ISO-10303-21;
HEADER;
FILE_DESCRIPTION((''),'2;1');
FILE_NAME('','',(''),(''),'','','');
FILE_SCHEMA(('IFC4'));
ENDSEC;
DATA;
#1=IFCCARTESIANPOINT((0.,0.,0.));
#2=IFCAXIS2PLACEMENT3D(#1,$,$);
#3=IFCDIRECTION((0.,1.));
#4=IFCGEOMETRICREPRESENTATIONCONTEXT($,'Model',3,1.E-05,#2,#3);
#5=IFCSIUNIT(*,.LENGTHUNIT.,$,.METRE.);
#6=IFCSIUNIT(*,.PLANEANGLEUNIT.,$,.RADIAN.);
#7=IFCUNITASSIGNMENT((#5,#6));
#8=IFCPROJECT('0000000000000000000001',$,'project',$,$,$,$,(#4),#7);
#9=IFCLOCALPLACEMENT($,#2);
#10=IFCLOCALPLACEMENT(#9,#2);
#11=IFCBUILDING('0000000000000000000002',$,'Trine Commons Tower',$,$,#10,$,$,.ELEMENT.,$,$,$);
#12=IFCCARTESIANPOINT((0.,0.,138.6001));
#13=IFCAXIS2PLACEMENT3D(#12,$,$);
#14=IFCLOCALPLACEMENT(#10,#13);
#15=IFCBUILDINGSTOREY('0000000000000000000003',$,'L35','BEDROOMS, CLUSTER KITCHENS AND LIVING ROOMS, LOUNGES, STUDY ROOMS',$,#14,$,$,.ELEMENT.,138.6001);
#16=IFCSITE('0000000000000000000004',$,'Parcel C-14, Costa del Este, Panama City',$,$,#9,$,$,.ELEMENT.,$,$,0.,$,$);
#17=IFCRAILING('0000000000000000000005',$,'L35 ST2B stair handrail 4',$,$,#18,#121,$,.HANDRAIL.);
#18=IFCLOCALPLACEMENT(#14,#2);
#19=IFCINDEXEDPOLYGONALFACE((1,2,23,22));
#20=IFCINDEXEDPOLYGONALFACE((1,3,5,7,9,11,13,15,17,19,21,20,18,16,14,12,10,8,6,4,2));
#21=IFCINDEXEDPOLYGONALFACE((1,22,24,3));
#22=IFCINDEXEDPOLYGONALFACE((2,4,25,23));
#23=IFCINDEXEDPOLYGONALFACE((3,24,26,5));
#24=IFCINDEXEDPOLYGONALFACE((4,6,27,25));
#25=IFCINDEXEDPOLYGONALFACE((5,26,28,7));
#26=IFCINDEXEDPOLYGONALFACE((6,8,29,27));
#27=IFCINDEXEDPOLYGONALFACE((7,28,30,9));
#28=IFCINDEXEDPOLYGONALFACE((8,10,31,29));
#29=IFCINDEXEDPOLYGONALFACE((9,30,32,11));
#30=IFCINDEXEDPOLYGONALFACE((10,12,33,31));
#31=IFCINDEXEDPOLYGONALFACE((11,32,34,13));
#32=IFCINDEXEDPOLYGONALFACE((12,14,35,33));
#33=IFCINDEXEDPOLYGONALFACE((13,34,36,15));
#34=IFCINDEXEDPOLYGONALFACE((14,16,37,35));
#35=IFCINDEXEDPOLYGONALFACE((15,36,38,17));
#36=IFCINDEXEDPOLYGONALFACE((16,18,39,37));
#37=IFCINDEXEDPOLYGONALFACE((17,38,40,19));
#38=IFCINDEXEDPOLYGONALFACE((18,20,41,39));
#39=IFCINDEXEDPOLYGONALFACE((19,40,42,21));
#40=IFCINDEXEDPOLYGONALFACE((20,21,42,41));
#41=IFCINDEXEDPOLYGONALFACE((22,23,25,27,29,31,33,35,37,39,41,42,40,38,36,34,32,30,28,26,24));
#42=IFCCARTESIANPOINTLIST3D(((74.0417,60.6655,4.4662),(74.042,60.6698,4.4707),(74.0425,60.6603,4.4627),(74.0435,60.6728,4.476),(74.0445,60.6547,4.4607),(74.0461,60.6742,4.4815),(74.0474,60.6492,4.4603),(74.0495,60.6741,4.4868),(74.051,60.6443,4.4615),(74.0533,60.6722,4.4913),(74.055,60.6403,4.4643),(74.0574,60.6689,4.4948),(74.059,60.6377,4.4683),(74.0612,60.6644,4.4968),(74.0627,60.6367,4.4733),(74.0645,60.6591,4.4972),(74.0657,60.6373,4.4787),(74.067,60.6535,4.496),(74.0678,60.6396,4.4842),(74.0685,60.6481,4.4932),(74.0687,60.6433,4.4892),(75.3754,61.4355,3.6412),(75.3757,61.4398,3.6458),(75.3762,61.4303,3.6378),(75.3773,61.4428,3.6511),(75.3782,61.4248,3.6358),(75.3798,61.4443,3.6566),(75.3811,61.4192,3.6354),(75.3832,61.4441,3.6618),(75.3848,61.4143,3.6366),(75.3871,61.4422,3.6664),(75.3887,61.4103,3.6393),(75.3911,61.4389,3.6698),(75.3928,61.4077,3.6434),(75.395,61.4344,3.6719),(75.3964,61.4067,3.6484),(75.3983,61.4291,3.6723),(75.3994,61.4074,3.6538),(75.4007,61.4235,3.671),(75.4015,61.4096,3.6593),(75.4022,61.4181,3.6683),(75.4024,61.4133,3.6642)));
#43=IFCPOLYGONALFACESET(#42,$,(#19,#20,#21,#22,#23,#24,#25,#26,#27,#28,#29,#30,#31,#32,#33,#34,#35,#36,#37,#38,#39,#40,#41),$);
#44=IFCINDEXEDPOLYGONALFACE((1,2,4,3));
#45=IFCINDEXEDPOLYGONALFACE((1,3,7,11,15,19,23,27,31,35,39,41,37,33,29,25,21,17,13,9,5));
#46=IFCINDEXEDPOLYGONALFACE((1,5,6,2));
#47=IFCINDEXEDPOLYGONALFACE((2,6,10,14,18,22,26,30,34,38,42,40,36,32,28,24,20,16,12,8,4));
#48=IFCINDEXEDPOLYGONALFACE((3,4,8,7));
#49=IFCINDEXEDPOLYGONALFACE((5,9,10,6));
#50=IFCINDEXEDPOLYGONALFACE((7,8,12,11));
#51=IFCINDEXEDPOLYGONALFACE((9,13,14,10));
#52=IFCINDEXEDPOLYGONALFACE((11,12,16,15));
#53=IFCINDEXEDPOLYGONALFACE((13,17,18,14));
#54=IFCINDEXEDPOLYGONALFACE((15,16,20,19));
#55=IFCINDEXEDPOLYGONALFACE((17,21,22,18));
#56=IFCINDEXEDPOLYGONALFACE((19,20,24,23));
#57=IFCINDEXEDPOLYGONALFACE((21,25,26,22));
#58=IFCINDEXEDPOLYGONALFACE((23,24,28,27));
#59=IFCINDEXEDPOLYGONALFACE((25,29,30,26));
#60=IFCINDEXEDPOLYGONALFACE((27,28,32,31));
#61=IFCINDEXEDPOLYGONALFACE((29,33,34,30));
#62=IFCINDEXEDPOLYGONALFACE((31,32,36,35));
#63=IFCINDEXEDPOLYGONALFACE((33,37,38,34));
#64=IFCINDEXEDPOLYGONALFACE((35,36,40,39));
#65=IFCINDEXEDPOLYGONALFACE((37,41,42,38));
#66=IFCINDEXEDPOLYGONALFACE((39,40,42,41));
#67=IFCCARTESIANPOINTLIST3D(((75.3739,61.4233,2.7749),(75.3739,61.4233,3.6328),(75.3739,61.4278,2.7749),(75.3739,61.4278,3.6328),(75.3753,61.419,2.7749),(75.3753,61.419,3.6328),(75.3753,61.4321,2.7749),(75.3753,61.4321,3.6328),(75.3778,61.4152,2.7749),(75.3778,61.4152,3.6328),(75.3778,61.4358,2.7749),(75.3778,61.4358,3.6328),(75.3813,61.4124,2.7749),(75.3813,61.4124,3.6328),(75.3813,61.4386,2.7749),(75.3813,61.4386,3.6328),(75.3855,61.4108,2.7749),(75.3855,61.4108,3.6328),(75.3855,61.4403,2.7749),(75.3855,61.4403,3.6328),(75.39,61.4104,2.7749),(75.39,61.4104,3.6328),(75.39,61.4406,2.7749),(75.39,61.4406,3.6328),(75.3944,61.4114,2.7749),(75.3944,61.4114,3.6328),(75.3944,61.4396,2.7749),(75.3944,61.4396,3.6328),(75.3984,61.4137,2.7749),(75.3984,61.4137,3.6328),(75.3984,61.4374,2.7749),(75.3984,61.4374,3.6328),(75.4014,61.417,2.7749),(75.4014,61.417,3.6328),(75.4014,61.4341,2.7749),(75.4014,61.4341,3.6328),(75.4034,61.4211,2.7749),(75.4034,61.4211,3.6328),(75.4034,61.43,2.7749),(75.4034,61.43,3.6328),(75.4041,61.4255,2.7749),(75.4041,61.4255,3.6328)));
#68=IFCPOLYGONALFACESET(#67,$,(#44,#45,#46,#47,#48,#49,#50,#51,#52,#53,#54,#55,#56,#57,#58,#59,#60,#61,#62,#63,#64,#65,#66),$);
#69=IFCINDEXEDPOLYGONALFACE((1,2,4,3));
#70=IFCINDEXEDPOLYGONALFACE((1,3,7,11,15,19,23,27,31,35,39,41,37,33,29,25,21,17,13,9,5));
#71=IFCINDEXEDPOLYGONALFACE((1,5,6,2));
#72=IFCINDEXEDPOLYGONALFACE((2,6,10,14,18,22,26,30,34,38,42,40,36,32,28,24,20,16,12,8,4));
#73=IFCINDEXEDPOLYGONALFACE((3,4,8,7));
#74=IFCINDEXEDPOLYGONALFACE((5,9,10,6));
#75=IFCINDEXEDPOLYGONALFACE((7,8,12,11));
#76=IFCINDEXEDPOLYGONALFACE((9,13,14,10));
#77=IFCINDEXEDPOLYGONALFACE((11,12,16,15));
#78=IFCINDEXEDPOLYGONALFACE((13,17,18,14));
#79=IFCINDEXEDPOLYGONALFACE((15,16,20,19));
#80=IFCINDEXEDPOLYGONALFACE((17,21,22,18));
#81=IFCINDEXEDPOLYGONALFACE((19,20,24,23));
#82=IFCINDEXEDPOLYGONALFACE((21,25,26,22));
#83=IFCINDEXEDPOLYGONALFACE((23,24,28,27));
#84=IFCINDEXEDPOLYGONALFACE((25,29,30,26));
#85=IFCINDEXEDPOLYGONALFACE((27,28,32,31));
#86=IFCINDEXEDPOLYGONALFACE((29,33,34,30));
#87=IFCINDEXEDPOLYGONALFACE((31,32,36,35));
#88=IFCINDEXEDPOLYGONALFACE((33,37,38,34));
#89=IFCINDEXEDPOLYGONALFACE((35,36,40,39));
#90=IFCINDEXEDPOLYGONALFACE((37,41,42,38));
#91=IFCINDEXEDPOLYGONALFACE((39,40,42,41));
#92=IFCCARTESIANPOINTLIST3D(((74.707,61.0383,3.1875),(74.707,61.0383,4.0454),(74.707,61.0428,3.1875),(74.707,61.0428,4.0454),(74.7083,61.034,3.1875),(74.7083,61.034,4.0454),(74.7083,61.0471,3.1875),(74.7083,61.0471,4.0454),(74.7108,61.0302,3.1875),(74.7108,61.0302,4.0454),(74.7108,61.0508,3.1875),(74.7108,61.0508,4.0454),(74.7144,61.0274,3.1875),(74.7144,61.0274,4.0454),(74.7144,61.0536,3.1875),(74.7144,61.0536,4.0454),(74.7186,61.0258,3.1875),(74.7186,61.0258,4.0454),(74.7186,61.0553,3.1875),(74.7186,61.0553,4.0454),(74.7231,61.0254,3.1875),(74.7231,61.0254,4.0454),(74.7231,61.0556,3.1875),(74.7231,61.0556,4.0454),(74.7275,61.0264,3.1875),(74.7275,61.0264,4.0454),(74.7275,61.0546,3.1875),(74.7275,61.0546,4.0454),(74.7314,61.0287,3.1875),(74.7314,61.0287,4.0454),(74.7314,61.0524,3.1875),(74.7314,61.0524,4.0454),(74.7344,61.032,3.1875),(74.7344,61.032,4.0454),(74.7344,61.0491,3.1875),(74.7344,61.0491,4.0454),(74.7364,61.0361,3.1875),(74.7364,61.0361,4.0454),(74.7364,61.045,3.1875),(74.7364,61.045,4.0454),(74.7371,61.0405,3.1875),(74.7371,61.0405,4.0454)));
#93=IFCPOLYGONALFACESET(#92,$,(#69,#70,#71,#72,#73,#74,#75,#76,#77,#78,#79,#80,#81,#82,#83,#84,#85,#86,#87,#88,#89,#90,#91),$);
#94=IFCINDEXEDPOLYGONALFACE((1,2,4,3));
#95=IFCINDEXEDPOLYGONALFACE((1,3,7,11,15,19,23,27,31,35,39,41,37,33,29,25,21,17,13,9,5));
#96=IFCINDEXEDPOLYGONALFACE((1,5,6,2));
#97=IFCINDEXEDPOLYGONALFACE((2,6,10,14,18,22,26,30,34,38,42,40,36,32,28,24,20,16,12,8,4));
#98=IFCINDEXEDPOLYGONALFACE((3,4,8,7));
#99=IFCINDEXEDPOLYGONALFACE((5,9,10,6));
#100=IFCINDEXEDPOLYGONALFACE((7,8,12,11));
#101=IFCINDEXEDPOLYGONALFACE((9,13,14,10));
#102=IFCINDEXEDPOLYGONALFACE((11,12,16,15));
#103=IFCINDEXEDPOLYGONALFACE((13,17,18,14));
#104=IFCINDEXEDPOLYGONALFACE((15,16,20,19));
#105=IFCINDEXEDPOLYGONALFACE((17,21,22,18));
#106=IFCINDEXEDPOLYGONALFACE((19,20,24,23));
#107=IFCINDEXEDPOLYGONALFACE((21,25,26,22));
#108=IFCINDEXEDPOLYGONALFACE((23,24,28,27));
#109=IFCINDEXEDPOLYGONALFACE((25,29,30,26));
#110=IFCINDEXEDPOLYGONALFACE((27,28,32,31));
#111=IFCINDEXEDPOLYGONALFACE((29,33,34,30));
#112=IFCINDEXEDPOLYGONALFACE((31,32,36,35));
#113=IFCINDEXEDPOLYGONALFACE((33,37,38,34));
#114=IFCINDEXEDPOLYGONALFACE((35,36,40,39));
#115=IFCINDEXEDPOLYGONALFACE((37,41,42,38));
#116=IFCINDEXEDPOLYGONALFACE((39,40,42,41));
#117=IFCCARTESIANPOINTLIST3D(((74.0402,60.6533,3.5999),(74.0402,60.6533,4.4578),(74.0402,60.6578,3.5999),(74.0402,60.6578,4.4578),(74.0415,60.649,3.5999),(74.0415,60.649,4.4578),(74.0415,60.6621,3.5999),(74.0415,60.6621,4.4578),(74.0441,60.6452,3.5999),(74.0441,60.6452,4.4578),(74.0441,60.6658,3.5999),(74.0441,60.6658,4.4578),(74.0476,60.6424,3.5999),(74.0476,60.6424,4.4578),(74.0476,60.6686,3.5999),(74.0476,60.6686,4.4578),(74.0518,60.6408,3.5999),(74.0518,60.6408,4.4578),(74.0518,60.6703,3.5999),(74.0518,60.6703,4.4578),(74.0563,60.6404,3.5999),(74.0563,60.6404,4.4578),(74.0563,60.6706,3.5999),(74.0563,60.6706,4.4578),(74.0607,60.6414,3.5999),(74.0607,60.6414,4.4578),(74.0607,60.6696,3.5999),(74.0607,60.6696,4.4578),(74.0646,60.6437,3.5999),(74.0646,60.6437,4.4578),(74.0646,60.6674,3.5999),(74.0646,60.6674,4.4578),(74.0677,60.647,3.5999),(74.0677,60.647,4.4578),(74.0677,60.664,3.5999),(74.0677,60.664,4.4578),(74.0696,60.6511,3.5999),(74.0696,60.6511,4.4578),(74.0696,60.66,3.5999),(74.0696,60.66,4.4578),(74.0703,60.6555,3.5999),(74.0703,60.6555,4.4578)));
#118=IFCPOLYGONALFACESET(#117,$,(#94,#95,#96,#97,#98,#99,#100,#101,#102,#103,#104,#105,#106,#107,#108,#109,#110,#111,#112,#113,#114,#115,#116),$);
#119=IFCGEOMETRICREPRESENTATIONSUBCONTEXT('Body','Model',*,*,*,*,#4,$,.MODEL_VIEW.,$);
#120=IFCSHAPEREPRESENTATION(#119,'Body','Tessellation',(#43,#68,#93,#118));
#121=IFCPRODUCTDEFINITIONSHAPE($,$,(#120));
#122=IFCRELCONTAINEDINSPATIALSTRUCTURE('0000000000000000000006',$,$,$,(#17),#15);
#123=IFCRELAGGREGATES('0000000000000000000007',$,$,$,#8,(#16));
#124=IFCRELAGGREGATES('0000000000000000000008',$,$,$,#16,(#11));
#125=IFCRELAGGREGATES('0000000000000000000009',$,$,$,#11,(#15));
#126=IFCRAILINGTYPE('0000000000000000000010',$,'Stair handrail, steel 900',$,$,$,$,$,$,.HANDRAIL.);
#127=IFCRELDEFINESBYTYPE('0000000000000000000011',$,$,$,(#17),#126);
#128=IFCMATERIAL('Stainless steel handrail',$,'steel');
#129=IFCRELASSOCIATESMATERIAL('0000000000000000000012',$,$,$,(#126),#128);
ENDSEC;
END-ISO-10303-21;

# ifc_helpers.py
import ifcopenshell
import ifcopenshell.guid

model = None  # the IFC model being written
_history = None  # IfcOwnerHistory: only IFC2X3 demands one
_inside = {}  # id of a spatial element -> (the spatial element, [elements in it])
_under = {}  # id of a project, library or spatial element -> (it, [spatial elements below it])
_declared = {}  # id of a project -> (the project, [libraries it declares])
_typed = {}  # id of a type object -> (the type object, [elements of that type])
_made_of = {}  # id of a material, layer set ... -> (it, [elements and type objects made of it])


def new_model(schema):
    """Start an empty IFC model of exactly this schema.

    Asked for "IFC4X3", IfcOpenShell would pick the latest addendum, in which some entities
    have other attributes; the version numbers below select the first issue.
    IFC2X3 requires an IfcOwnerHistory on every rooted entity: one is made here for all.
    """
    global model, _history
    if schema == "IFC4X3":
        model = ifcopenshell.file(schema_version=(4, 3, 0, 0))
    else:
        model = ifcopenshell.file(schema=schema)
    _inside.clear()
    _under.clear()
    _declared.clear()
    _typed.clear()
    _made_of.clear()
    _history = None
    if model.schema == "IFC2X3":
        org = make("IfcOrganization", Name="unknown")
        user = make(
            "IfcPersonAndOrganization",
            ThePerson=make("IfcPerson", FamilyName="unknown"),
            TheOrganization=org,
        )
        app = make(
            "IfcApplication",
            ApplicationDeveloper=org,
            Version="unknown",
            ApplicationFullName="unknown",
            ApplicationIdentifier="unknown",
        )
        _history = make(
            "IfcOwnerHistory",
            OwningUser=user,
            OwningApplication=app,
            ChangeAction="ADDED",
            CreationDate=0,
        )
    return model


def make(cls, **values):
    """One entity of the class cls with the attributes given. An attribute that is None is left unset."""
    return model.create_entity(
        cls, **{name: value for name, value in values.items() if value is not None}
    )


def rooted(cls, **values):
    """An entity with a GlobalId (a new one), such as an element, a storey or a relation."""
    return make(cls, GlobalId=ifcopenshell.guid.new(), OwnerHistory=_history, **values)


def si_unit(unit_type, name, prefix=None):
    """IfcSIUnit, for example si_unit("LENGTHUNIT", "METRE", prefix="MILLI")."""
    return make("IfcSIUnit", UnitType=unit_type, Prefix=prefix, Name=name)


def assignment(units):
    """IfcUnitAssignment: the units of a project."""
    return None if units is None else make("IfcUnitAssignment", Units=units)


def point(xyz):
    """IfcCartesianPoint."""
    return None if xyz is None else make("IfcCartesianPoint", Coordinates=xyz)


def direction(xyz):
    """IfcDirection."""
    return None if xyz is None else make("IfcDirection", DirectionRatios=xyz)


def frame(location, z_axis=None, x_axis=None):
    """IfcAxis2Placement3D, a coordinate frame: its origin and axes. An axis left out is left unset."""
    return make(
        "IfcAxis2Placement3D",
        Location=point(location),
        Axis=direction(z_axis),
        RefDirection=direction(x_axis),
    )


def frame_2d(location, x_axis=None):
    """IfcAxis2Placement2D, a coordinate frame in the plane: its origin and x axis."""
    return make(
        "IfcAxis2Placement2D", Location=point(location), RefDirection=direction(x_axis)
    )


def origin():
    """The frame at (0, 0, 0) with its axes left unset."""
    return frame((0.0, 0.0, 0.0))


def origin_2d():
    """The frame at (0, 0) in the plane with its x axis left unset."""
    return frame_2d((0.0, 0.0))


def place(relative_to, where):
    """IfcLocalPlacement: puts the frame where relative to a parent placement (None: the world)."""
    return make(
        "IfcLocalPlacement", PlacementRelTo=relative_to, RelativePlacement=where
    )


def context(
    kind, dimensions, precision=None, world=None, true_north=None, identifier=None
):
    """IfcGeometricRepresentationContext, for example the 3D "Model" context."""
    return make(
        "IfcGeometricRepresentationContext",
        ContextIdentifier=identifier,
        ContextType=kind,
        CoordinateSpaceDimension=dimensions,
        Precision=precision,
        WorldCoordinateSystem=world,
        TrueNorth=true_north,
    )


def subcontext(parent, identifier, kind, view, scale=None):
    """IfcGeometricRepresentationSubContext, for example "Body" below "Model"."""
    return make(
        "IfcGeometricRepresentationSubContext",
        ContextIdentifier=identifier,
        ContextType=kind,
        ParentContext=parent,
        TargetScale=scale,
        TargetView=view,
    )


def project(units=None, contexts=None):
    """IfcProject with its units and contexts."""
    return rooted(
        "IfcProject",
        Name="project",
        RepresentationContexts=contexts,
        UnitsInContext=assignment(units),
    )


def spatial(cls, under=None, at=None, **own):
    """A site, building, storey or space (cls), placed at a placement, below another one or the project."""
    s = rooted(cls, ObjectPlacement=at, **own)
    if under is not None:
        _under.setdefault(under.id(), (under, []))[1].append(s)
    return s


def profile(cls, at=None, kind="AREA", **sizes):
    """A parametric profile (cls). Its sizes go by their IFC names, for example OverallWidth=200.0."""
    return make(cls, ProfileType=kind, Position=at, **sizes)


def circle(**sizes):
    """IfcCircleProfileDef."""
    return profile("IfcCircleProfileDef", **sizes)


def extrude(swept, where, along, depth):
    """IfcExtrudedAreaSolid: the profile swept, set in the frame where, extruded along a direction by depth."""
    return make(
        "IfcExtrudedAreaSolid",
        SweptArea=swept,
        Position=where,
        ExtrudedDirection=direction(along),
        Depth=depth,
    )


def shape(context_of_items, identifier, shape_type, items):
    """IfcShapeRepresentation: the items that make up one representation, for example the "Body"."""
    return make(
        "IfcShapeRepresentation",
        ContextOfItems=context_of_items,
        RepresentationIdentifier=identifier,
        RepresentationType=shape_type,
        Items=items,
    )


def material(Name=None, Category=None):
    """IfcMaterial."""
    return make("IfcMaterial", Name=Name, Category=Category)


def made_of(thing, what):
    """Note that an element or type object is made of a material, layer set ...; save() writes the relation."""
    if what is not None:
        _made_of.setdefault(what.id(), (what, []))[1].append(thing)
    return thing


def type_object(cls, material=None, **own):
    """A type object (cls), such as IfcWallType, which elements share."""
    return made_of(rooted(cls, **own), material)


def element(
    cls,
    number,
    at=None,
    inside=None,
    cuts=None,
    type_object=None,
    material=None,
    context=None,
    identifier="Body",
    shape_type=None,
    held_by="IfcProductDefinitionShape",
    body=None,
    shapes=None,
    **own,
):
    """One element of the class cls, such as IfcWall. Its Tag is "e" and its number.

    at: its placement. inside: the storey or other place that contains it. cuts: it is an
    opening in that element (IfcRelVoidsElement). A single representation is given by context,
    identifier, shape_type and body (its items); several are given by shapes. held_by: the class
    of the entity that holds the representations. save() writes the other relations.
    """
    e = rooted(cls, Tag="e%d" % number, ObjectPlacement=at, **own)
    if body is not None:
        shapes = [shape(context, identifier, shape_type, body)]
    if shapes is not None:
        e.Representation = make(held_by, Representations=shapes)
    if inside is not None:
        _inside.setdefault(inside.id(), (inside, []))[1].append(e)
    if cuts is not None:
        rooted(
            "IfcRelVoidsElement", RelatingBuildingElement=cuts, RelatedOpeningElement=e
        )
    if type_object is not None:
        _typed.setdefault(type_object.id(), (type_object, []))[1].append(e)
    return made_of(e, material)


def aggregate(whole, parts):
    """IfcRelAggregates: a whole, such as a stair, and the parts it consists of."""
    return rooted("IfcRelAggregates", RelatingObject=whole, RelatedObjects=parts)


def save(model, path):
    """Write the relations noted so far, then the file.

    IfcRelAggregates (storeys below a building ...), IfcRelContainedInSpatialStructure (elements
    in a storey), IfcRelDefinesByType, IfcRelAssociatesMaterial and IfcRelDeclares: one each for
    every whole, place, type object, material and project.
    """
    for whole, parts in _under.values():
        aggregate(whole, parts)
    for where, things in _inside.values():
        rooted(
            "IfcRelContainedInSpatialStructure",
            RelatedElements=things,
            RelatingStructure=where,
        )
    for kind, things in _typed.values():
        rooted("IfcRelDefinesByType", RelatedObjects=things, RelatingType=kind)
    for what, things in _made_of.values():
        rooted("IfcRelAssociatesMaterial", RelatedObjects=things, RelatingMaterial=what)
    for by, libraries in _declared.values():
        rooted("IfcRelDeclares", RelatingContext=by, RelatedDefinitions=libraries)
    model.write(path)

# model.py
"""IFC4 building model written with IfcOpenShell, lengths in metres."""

from ifc_helpers import new_model, si_unit, direction, frame, origin, origin_2d, place, context, subcontext, project, spatial, circle, extrude, material, type_object, element, save


model = new_model("IFC4")

# Units and contexts
model_context = context("Model", 3, precision=1e-05, world=origin(), true_north=direction((0.0, 1.0)))
body_context = subcontext(model_context, "Body", "Model", "MODEL_VIEW")
ifc_project = project(units=[si_unit("LENGTHUNIT", "METRE"), si_unit("PLANEANGLEUNIT", "RADIAN")], contexts=[model_context])

# Site, building, storey
site_placement = place(None, origin())
site = spatial("IfcSite", under=ifc_project, at=site_placement, Name="Parcel C-14, Costa del Este, Panama City", CompositionType="ELEMENT", RefElevation=0.0)
building_placement = place(site_placement, origin())
building = spatial("IfcBuilding", under=site, at=building_placement, Name="Trine Commons Tower", CompositionType="ELEMENT")
storey_placement = place(building_placement, frame((0.0, 0.0, 138.6001)))
storey = spatial("IfcBuildingStorey", under=building, at=storey_placement, Name="L35", Description="BEDROOMS, CLUSTER KITCHENS AND LIVING ROOMS, LOUNGES, STUDY ROOMS", CompositionType="ELEMENT", Elevation=138.6001)

# Railing
ifc_material_1 = material(Name="Stainless steel handrail", Category="steel")
railing_type_1 = type_object("IfcRailingType", Name="Stair handrail, steel 900", PredefinedType="HANDRAIL", material=ifc_material_1)
for number, where, name in (
    (1, (75.3889, 61.4255, 2.7749), "L35 ST2B stair handrail 4"),
):
    element("IfcRailing", number, at=place(storey_placement, frame(where)), inside=storey, type_object=railing_type_1, Name=name, PredefinedType="HANDRAIL", context=body_context, shape_type="SweptSolid", body=[
        extrude(circle(Radius=0.021, at=origin_2d()), frame((0.0, 0.0, 0.8789), z_axis=(-0.763405, -0.440743, 0.472185), x_axis=(0.499992, -0.86603, 0.0)), (0.0, 0.0, 1.0), 1.7471),
        extrude(circle(Radius=0.0151, at=origin_2d()), origin(), (0.0, 0.0, 1.0), 0.8579),
        extrude(circle(Radius=0.0151, at=origin_2d()), frame((-0.667, -0.385, 0.4126)), (0.0, 0.0, 1.0), 0.8579),
        extrude(circle(Radius=0.0151, at=origin_2d()), frame((-1.3337, -0.77, 0.825)), (0.0, 0.0, 1.0), 0.8579),
    ])

save(model, "model.ifc")
